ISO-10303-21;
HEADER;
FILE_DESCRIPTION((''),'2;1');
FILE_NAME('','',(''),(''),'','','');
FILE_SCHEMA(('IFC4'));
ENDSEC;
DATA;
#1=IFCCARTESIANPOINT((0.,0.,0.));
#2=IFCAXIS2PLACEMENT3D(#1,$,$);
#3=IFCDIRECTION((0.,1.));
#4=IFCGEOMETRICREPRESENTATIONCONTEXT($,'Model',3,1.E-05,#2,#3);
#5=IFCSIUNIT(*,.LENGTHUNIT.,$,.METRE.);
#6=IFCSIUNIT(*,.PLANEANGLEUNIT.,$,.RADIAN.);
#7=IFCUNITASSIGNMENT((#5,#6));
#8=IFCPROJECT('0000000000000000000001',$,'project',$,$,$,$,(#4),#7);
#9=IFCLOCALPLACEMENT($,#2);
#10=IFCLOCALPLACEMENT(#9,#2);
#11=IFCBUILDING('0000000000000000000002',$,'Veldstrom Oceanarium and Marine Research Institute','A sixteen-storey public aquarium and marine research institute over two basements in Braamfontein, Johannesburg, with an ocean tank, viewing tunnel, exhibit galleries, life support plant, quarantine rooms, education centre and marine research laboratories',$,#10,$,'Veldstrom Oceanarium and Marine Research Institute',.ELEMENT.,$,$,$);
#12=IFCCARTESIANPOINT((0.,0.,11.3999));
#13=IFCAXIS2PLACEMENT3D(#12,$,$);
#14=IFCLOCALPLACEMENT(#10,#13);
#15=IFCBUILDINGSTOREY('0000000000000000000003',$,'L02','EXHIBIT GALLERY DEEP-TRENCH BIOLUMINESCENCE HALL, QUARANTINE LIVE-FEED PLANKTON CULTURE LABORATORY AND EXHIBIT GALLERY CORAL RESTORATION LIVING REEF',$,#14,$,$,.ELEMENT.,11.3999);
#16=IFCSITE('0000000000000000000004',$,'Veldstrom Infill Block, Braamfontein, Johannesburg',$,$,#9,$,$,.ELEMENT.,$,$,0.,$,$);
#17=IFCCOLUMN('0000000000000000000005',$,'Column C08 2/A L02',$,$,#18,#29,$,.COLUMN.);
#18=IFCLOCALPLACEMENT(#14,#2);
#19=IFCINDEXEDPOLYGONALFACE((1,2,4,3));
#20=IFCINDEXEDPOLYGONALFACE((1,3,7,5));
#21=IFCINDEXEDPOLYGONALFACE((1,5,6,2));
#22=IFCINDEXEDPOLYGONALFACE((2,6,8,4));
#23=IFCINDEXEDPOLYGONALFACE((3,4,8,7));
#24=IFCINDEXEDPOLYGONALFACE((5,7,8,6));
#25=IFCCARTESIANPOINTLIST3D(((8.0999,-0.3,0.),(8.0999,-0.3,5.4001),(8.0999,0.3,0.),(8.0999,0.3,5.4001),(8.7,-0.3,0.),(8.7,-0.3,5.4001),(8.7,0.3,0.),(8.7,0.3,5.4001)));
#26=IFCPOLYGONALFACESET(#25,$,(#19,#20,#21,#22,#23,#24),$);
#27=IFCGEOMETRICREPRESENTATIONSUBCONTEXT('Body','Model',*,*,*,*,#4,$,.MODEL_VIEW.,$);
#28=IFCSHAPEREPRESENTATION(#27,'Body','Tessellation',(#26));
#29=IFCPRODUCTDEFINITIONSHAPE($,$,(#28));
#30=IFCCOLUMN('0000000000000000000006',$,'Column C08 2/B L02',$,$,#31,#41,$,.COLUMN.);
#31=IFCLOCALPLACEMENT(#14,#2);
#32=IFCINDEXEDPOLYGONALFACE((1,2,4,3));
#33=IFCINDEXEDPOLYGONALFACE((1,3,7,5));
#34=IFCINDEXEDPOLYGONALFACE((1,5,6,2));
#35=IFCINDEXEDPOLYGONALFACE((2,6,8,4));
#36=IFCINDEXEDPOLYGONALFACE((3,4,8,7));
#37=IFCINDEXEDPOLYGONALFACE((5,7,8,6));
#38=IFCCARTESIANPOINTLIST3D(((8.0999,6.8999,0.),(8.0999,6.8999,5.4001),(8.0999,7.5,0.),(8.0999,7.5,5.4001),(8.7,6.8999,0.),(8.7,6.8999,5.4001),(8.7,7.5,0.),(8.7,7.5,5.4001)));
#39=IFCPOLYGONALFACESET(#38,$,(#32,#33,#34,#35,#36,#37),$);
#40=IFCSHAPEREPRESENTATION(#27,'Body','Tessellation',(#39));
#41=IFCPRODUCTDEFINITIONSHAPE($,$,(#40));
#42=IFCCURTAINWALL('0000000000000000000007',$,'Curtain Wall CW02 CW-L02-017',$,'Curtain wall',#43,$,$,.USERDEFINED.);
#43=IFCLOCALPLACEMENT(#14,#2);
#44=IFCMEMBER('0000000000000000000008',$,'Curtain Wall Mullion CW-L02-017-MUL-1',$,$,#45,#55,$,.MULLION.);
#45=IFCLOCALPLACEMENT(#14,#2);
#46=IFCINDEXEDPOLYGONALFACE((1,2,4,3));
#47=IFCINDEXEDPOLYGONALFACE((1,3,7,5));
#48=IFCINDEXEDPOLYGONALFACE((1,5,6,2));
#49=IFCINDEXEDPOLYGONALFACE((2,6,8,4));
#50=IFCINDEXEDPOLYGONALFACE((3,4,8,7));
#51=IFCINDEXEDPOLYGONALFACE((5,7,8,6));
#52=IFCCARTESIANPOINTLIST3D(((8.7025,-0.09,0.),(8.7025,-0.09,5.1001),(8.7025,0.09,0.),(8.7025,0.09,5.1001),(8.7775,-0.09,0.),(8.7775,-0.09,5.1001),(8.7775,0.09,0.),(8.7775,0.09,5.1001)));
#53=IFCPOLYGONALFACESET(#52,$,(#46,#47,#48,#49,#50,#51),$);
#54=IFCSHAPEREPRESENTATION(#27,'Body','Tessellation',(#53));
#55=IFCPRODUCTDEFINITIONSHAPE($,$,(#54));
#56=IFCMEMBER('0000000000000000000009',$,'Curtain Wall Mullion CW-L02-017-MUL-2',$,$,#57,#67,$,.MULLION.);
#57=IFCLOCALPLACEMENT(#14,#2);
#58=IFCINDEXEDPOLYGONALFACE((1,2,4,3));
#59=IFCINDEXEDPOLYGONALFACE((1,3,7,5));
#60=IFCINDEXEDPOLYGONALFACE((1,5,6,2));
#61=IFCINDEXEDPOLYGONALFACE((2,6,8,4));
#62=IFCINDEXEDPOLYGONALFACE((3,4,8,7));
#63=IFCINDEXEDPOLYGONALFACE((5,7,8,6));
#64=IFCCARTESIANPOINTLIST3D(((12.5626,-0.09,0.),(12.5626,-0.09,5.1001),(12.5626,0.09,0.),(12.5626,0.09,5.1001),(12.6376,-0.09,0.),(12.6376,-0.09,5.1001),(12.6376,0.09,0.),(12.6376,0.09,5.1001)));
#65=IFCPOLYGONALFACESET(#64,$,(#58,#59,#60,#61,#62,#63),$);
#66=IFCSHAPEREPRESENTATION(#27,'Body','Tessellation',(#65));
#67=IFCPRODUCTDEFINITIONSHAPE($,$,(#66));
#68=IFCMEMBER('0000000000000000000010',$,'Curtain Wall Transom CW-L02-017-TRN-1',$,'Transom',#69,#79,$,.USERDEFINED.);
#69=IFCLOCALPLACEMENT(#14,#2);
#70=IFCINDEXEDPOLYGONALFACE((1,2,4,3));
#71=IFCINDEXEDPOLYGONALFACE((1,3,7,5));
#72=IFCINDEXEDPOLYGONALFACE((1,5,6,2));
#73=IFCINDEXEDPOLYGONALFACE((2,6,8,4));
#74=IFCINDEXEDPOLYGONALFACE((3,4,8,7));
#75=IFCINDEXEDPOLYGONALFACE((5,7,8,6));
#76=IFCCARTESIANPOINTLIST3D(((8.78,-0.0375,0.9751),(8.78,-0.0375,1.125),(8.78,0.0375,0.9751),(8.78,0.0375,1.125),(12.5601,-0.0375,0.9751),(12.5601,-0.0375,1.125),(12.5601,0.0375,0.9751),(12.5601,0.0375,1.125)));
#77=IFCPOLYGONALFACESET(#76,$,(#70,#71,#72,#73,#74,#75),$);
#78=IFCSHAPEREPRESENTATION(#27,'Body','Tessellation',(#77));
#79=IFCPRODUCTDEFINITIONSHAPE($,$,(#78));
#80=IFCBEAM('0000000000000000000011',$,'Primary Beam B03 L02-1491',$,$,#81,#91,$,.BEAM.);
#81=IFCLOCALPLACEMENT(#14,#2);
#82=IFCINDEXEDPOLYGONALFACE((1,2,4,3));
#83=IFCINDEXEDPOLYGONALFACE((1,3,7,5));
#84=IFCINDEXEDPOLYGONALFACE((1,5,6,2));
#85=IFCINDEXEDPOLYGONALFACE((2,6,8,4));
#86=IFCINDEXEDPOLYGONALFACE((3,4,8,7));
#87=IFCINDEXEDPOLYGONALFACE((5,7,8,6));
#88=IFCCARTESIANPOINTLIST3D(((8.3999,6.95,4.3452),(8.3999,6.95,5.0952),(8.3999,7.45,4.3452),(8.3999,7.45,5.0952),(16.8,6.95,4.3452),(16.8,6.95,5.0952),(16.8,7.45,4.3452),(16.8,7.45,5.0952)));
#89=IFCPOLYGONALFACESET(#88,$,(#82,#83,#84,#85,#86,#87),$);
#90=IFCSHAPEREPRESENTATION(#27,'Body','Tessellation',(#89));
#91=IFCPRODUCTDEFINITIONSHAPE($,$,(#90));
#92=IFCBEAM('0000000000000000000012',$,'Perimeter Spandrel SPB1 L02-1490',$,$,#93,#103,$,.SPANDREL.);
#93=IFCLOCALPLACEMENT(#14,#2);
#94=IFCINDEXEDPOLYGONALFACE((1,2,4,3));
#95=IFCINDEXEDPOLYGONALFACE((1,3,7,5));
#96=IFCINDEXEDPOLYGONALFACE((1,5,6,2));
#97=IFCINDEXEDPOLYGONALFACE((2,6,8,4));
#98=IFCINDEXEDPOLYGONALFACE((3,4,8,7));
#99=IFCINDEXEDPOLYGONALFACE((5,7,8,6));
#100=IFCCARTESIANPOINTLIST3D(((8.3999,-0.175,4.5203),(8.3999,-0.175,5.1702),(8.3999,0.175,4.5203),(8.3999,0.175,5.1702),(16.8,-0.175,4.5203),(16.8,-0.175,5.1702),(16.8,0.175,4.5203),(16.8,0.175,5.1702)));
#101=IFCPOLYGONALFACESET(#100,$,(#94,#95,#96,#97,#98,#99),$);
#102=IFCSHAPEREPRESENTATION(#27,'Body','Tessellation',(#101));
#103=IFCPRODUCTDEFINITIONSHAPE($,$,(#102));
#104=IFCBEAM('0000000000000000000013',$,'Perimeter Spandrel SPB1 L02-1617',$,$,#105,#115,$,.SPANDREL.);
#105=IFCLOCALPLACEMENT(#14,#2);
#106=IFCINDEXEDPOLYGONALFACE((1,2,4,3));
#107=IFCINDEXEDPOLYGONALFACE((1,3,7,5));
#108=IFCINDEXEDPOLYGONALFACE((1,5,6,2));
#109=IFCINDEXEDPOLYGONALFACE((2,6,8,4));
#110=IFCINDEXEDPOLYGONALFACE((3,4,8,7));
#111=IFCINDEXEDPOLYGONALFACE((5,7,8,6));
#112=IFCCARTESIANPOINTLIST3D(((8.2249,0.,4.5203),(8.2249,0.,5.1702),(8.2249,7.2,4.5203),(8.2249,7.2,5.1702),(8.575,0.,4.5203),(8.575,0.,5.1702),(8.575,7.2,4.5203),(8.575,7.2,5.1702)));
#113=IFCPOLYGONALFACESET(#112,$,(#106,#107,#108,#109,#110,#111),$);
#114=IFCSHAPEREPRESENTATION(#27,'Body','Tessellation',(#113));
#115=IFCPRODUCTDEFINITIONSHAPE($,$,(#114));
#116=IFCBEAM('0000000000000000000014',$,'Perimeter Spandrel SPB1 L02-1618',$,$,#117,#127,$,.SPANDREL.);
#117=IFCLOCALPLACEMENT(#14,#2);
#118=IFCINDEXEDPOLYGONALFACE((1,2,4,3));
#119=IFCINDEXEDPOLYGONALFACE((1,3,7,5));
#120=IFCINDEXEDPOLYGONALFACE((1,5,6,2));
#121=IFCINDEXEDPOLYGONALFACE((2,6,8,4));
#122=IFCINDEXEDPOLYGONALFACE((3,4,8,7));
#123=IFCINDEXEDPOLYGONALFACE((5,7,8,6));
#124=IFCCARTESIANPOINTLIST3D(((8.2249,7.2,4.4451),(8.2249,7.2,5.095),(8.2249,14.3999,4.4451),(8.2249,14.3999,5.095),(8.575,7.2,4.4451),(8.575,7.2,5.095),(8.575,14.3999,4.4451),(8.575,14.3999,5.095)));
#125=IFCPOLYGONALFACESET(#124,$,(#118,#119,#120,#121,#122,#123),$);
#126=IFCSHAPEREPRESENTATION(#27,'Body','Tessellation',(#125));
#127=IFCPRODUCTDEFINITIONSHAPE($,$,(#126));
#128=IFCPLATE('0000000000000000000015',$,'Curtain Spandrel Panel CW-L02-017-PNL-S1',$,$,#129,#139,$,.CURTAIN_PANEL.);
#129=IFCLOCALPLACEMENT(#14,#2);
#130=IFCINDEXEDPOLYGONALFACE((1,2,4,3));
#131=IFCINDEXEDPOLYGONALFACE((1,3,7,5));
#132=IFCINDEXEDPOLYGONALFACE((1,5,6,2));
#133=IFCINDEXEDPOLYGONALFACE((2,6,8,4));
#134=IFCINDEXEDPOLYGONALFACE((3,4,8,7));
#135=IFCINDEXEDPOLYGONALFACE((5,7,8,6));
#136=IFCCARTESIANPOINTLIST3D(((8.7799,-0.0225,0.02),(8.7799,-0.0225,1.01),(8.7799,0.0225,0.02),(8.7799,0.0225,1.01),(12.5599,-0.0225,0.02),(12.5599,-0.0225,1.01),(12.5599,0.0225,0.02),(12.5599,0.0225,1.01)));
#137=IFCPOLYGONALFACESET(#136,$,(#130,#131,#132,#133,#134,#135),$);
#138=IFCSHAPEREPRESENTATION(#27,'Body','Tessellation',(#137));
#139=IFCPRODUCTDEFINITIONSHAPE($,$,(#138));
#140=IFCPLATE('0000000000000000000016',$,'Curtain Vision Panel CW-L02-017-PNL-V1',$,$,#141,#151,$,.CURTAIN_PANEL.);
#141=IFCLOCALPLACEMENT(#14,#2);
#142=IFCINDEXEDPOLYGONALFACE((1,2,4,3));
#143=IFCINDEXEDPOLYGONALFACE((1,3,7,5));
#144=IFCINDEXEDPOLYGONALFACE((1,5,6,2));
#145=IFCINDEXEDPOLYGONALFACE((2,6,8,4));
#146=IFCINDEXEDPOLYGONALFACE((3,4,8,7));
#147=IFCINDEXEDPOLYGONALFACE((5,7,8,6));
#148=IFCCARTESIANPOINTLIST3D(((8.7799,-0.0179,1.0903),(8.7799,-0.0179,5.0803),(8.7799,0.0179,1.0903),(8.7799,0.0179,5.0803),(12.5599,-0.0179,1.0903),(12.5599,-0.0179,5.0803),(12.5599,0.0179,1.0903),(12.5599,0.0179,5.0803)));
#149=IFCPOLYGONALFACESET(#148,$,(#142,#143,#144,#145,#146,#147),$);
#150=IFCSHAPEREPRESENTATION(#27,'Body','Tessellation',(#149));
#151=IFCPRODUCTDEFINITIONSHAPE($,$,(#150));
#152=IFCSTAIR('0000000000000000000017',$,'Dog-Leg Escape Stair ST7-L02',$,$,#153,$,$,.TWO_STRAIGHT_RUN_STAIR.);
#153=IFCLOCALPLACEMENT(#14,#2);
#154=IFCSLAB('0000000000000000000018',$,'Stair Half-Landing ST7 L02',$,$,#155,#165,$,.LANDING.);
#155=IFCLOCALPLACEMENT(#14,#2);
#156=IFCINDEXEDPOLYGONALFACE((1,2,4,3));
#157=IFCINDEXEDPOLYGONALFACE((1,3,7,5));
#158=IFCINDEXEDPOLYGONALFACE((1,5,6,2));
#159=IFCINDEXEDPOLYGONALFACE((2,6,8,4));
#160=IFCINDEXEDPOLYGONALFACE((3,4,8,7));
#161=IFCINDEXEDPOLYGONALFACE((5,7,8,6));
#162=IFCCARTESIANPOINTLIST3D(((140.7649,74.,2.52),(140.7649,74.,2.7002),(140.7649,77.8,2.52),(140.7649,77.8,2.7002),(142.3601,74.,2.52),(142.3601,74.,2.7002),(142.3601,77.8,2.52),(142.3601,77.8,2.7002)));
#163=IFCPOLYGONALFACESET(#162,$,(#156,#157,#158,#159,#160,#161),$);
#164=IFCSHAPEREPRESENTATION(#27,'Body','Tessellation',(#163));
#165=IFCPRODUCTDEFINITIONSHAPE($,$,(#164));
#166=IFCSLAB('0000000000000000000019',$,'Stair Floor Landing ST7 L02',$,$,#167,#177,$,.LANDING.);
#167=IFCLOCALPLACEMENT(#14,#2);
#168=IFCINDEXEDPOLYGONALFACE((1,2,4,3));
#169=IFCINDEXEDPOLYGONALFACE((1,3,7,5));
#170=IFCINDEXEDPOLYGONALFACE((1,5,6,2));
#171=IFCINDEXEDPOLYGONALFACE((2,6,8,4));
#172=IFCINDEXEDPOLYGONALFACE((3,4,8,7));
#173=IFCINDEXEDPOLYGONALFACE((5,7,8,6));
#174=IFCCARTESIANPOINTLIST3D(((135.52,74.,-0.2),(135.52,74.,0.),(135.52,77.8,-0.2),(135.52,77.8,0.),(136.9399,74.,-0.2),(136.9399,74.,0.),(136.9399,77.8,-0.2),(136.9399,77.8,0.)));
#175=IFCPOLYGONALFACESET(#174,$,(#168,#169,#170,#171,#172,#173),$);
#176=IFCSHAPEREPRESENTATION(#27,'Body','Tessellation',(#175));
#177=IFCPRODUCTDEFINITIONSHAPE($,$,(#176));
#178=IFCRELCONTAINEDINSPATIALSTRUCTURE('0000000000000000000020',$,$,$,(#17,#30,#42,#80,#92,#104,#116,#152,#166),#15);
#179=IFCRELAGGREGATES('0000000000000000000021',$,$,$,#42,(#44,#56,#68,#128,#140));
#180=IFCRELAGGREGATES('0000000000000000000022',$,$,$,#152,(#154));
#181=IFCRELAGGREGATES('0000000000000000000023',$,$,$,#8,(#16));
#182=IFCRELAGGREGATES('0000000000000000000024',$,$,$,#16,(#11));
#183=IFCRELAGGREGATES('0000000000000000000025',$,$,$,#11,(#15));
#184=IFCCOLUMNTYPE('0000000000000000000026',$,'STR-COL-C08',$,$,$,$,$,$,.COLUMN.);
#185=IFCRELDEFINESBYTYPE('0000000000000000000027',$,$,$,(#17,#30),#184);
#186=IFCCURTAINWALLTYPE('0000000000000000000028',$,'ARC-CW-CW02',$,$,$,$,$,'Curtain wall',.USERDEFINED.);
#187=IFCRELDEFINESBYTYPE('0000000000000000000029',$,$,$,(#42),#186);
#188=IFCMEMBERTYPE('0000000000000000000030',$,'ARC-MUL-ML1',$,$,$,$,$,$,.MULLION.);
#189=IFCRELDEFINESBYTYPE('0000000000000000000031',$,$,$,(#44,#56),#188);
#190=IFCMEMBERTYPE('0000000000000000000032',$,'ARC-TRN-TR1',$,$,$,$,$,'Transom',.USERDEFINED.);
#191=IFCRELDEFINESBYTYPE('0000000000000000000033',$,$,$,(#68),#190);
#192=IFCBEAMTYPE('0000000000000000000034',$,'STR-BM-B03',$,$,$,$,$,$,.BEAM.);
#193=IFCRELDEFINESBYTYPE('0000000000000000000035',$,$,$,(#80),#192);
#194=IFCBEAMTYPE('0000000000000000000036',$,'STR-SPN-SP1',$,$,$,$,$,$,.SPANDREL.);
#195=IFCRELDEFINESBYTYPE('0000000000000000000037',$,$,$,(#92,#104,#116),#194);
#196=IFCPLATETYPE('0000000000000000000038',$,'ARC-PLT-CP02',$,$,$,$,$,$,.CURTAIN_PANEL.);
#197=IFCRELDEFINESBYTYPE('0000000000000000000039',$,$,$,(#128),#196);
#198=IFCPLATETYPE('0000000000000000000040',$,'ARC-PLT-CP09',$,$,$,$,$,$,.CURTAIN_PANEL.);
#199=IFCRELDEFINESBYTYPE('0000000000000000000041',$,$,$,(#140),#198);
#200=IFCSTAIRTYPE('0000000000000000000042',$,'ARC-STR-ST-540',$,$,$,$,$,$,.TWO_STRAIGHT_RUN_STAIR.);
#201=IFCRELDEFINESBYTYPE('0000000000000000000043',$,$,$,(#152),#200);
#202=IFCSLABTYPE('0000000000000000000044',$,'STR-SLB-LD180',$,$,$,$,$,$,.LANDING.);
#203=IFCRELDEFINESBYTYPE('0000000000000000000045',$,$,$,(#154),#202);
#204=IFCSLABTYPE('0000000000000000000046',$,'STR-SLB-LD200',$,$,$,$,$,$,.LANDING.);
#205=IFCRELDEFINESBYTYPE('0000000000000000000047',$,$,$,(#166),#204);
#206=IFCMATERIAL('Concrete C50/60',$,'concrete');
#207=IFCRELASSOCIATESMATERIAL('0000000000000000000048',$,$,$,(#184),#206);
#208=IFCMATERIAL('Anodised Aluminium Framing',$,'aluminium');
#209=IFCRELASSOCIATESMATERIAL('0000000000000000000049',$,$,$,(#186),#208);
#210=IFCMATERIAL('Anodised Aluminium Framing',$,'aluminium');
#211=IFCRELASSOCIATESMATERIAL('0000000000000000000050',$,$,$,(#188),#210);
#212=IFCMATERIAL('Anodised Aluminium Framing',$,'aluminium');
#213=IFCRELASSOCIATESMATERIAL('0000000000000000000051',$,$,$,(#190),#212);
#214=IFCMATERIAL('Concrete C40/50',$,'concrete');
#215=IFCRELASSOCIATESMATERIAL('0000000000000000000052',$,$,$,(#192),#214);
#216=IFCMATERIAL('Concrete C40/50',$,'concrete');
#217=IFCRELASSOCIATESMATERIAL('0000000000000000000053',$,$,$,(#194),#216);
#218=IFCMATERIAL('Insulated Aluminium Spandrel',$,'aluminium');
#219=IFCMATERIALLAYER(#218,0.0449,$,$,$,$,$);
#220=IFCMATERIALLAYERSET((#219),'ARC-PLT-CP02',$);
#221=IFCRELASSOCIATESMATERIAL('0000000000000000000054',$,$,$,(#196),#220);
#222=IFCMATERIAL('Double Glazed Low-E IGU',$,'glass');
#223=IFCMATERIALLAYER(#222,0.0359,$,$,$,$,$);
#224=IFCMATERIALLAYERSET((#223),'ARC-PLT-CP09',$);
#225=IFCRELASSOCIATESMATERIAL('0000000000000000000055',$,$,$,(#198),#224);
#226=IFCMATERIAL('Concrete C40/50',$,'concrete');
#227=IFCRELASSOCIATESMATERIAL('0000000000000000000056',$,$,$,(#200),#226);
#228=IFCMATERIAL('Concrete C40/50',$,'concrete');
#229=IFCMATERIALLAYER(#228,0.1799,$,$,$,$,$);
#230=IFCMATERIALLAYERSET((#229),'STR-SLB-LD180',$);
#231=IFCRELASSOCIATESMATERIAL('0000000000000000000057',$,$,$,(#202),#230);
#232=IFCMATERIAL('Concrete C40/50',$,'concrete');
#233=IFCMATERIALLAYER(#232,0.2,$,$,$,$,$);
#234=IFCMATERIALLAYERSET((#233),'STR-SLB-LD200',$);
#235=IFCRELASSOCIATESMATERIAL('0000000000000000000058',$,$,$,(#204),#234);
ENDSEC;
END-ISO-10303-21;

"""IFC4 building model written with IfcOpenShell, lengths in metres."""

from ifc_helpers import new_model, si_unit, direction, frame, origin, origin_2d, place, context, subcontext, project, spatial, polyline, rectangle, outline, extrude, material, layer, layer_set, material_profile, profile_set, type_object, element, aggregate, save


model = new_model("IFC4")

# Units and contexts
model_context = context("Model", 3, precision=1e-05, world=origin(), true_north=direction((0.0, 1.0)))
body_context = subcontext(model_context, "Body", "Model", "MODEL_VIEW")
ifc_project = project(units=[si_unit("LENGTHUNIT", "METRE"), si_unit("PLANEANGLEUNIT", "RADIAN")], contexts=[model_context])

# Site, building, storey
site_placement = place(None, origin())
site = spatial("IfcSite", under=ifc_project, at=site_placement, Name="Veldstrom Infill Block, Braamfontein, Johannesburg", CompositionType="ELEMENT", RefElevation=0.0)
building_placement = place(site_placement, origin())
building = spatial("IfcBuilding", under=site, at=building_placement, Name="Veldstrom Oceanarium and Marine Research Institute", Description="A sixteen-storey public aquarium and marine research institute over two basements in Braamfontein, Johannesburg, with an ocean tank, viewing tunnel, exhibit galleries, life support plant, quarantine rooms, education centre and marine research laboratories", LongName="Veldstrom Oceanarium and Marine Research Institute", CompositionType="ELEMENT")
storey_placement = place(building_placement, frame((0.0, 0.0, 11.3999)))
storey = spatial("IfcBuildingStorey", under=building, at=storey_placement, Name="L02", Description="EXHIBIT GALLERY DEEP-TRENCH BIOLUMINESCENCE HALL, QUARANTINE LIVE-FEED PLANKTON CULTURE LABORATORY AND EXHIBIT GALLERY CORAL RESTORATION LIVING REEF", CompositionType="ELEMENT", Elevation=11.3999)

# Columns
ifc_material_1 = material(Name="Concrete C50/60", Category="concrete")
ifc_material_profile_1 = material_profile(ifc_material_1, rectangle(XDim=0.6001, YDim=0.6001, at=origin_2d()), Name="RC-COL-600x600")
ifc_profile_set_1 = profile_set([ifc_material_profile_1], Name="Concrete C50/60")
column_type = type_object("IfcColumnType", Name="STR-COL-C08", PredefinedType="COLUMN", material=ifc_profile_set_1)
for number, where, z_axis, x_axis, name in (
    (1, (8.3999, 0.0, 0.0), (0.0, 0.0, 1.0), (1.0, 0.0, 0.0), "Column C08 2/A L02"),
    (2, (8.3999, 7.2, 0.0), (0.0, 0.0, 1.0), (1.0, 0.0, 0.0), "Column C08 2/B L02"),
):
    element("IfcColumn", number, at=place(storey_placement, frame(where, z_axis=z_axis, x_axis=x_axis)), inside=storey, type_object=column_type, Name=name, PredefinedType="COLUMN", context=body_context, shape_type="SweptSolid", body=[
        extrude(rectangle(XDim=0.6001, YDim=0.6001, at=origin_2d()), origin(), (0.0, 0.0, 1.0), 5.4001),
    ])

# Curtain wall, members
ifc_material_2 = material(Name="Anodised Aluminium Framing", Category="aluminium")
curtain_wall_type = type_object("IfcCurtainWallType", Name="ARC-CW-CW02", ElementType="Curtain wall", PredefinedType="USERDEFINED", material=ifc_material_2)
curtain_wall_placement = place(storey_placement, origin())
curtain_wall = element("IfcCurtainWall", 3, at=curtain_wall_placement, inside=storey, type_object=curtain_wall_type, Name="Curtain Wall CW02 CW-L02-017", ObjectType="Curtain wall", PredefinedType="USERDEFINED")
ifc_material_3 = material(Name="Anodised Aluminium Framing", Category="aluminium")
ifc_material_profile_2 = material_profile(ifc_material_3, rectangle(XDim=0.075, YDim=0.1799, at=origin_2d()), Name="ALU-MUL-75x180")
ifc_profile_set_2 = profile_set([ifc_material_profile_2], Name="Anodised Aluminium Framing")
member_type_1 = type_object("IfcMemberType", Name="ARC-MUL-ML1", PredefinedType="MULLION", material=ifc_profile_set_2)
member_1_placement = place(storey_placement, frame((8.74, 0.0, 0.0), z_axis=(0.0, 0.0, 1.0), x_axis=(1.0, 0.0, 0.0)))
member_1 = element("IfcMember", 4, at=member_1_placement, type_object=member_type_1, Name="Curtain Wall Mullion CW-L02-017-MUL-1", PredefinedType="MULLION", context=body_context, shape_type="SweptSolid", body=[
    extrude(rectangle(XDim=0.075, YDim=0.1799, at=origin_2d()), origin(), (0.0, 0.0, 1.0), 5.1001),
])
member_2_placement = place(storey_placement, frame((12.6001, 0.0, 0.0), z_axis=(0.0, 0.0, 1.0), x_axis=(1.0, 0.0, 0.0)))
member_2 = element("IfcMember", 5, at=member_2_placement, type_object=member_type_1, Name="Curtain Wall Mullion CW-L02-017-MUL-2", PredefinedType="MULLION", context=body_context, shape_type="SweptSolid", body=[
    extrude(rectangle(XDim=0.075, YDim=0.1799, at=origin_2d()), origin(), (0.0, 0.0, 1.0), 5.1001),
])
ifc_material_4 = material(Name="Anodised Aluminium Framing", Category="aluminium")
ifc_material_profile_3 = material_profile(ifc_material_4, rectangle(XDim=0.075, YDim=0.1499, at=origin_2d()), Name="ALU-TRN-75x150")
ifc_profile_set_3 = profile_set([ifc_material_profile_3], Name="Anodised Aluminium Framing")
member_type_2 = type_object("IfcMemberType", Name="ARC-TRN-TR1", ElementType="Transom", PredefinedType="USERDEFINED", material=ifc_profile_set_3)
member_3_placement = place(storey_placement, frame((8.78, 0.0, 1.05), z_axis=(1.0, 0.0, 0.0), x_axis=(0.0, 1.0, 0.0)))
member_3 = element("IfcMember", 6, at=member_3_placement, type_object=member_type_2, Name="Curtain Wall Transom CW-L02-017-TRN-1", ObjectType="Transom", PredefinedType="USERDEFINED", context=body_context, shape_type="SweptSolid", body=[
    extrude(rectangle(XDim=0.075, YDim=0.1499, at=origin_2d()), origin(), (0.0, 0.0, 1.0), 3.78),
])

# Beams
ifc_material_5 = material(Name="Concrete C40/50", Category="concrete")
ifc_material_profile_4 = material_profile(ifc_material_5, rectangle(XDim=0.5, YDim=0.75, at=origin_2d()), Name="RC-BM-500x750")
ifc_profile_set_4 = profile_set([ifc_material_profile_4], Name="Concrete C40/50")
beam_type_1 = type_object("IfcBeamType", Name="STR-BM-B03", PredefinedType="BEAM", material=ifc_profile_set_4)
beam_1_placement = place(storey_placement, frame((8.3999, 7.2, 4.7202), z_axis=(1.0, 0.0, 0.0), x_axis=(0.0, 1.0, 0.0)))
element("IfcBeam", 7, at=beam_1_placement, inside=storey, type_object=beam_type_1, Name="Primary Beam B03 L02-1491", PredefinedType="BEAM", context=body_context, shape_type="SweptSolid", body=[
    extrude(rectangle(XDim=0.5, YDim=0.75, at=origin_2d()), origin(), (0.0, 0.0, 1.0), 8.4001),
])
ifc_material_6 = material(Name="Concrete C40/50", Category="concrete")
ifc_material_profile_5 = material_profile(ifc_material_6, rectangle(XDim=0.3501, YDim=0.6499, at=origin_2d()), Name="RC-SPN-350x650")
ifc_profile_set_5 = profile_set([ifc_material_profile_5], Name="Concrete C40/50")
beam_type_2 = type_object("IfcBeamType", Name="STR-SPN-SP1", PredefinedType="SPANDREL", material=ifc_profile_set_5)
beam_2_placement = place(storey_placement, frame((8.3999, 0.0, 4.8452), z_axis=(1.0, 0.0, 0.0), x_axis=(0.0, 1.0, 0.0)))
element("IfcBeam", 8, at=beam_2_placement, inside=storey, type_object=beam_type_2, Name="Perimeter Spandrel SPB1 L02-1490", PredefinedType="SPANDREL", context=body_context, shape_type="SweptSolid", body=[
    extrude(rectangle(XDim=0.3501, YDim=0.6499, at=origin_2d()), origin(), (0.0, 0.0, 1.0), 8.4001),
])
for number, where, z_axis, x_axis, name in (
    (9, (8.3999, 0.0, 4.8452), (0.0, 1.0, 0.0), (-1.0, 0.0, 0.0), "Perimeter Spandrel SPB1 L02-1617"),
    (10, (8.3999, 7.2, 4.77), (0.0, 1.0, 0.0), (-1.0, 0.0, 0.0), "Perimeter Spandrel SPB1 L02-1618"),
):
    element("IfcBeam", number, at=place(storey_placement, frame(where, z_axis=z_axis, x_axis=x_axis)), inside=storey, type_object=beam_type_2, Name=name, PredefinedType="SPANDREL", context=body_context, shape_type="SweptSolid", body=[
        extrude(rectangle(XDim=0.3501, YDim=0.6499, at=origin_2d()), origin(), (0.0, 0.0, 1.0), 7.2),
    ])

# Plates
ifc_material_7 = material(Name="Insulated Aluminium Spandrel", Category="aluminium")
ifc_layer_1 = layer(ifc_material_7, 0.0449)
ifc_layer_set_1 = layer_set([ifc_layer_1], Name="ARC-PLT-CP02")
plate_type_1 = type_object("IfcPlateType", Name="ARC-PLT-CP02", PredefinedType="CURTAIN_PANEL", material=ifc_layer_set_1)
plate_1_placement = place(storey_placement, frame((10.6699, 0.0, 0.02), z_axis=(0.0, 0.0, 1.0), x_axis=(1.0, 0.0, 0.0)))
plate_1 = element("IfcPlate", 11, at=plate_1_placement, type_object=plate_type_1, Name="Curtain Spandrel Panel CW-L02-017-PNL-S1", PredefinedType="CURTAIN_PANEL", context=body_context, shape_type="SweptSolid", body=[
    extrude(rectangle(XDim=3.78, YDim=0.0449, at=origin_2d()), origin(), (0.0, 0.0, 1.0), 0.99),
])
ifc_material_8 = material(Name="Double Glazed Low-E IGU", Category="glass")
ifc_layer_2 = layer(ifc_material_8, 0.0359)
ifc_layer_set_2 = layer_set([ifc_layer_2], Name="ARC-PLT-CP09")
plate_type_2 = type_object("IfcPlateType", Name="ARC-PLT-CP09", PredefinedType="CURTAIN_PANEL", material=ifc_layer_set_2)
plate_2_placement = place(storey_placement, frame((10.6699, 0.0, 1.0903), z_axis=(0.0, 0.0, 1.0), x_axis=(1.0, 0.0, 0.0)))
plate_2 = element("IfcPlate", 12, at=plate_2_placement, type_object=plate_type_2, Name="Curtain Vision Panel CW-L02-017-PNL-V1", PredefinedType="CURTAIN_PANEL", context=body_context, shape_type="SweptSolid", body=[
    extrude(rectangle(XDim=3.78, YDim=0.0359, at=origin_2d()), origin(), (0.0, 0.0, 1.0), 3.99),
])
aggregate(curtain_wall, [member_1, member_2, member_3, plate_1, plate_2])

# Stair, slab
ifc_material_9 = material(Name="Concrete C40/50", Category="concrete")
stair_type = type_object("IfcStairType", Name="ARC-STR-ST-540", PredefinedType="TWO_STRAIGHT_RUN_STAIR", material=ifc_material_9)
stair_placement = place(storey_placement, origin())
stair = element("IfcStair", 13, at=stair_placement, inside=storey, type_object=stair_type, Name="Dog-Leg Escape Stair ST7-L02", PredefinedType="TWO_STRAIGHT_RUN_STAIR")
ifc_material_10 = material(Name="Concrete C40/50", Category="concrete")
ifc_layer_3 = layer(ifc_material_10, 0.1799)
ifc_layer_set_3 = layer_set([ifc_layer_3], Name="STR-SLB-LD180")
slab_type_1 = type_object("IfcSlabType", Name="STR-SLB-LD180", PredefinedType="LANDING", material=ifc_layer_set_3)
slab_1_placement = place(storey_placement, frame((0.0, 0.0, 2.52)))
slab_1 = element("IfcSlab", 14, at=slab_1_placement, type_object=slab_type_1, Name="Stair Half-Landing ST7 L02", PredefinedType="LANDING", context=body_context, shape_type="SweptSolid", body=[
    extrude(outline(polyline([(140.7649, 74.0), (142.3601, 74.0), (142.3601, 77.8), (140.7649, 77.8), (140.7649, 74.0)])), origin(), (0.0, 0.0, 1.0), 0.1802),
])
aggregate(stair, [slab_1])

# Slab
ifc_material_11 = material(Name="Concrete C40/50", Category="concrete")
ifc_layer_4 = layer(ifc_material_11, 0.2)
ifc_layer_set_4 = layer_set([ifc_layer_4], Name="STR-SLB-LD200")
slab_type_2 = type_object("IfcSlabType", Name="STR-SLB-LD200", PredefinedType="LANDING", material=ifc_layer_set_4)
slab_2_placement = place(storey_placement, frame((0.0, 0.0, -0.2)))
element("IfcSlab", 15, at=slab_2_placement, inside=storey, type_object=slab_type_2, Name="Stair Floor Landing ST7 L02", PredefinedType="LANDING", context=body_context, shape_type="SweptSolid", body=[
    extrude(outline(polyline([(135.52, 74.0), (136.9399, 74.0), (136.9399, 77.8), (135.52, 77.8), (135.52, 74.0)])), origin(), (0.0, 0.0, 1.0), 0.2),
])

save(model, "model.ifc")
